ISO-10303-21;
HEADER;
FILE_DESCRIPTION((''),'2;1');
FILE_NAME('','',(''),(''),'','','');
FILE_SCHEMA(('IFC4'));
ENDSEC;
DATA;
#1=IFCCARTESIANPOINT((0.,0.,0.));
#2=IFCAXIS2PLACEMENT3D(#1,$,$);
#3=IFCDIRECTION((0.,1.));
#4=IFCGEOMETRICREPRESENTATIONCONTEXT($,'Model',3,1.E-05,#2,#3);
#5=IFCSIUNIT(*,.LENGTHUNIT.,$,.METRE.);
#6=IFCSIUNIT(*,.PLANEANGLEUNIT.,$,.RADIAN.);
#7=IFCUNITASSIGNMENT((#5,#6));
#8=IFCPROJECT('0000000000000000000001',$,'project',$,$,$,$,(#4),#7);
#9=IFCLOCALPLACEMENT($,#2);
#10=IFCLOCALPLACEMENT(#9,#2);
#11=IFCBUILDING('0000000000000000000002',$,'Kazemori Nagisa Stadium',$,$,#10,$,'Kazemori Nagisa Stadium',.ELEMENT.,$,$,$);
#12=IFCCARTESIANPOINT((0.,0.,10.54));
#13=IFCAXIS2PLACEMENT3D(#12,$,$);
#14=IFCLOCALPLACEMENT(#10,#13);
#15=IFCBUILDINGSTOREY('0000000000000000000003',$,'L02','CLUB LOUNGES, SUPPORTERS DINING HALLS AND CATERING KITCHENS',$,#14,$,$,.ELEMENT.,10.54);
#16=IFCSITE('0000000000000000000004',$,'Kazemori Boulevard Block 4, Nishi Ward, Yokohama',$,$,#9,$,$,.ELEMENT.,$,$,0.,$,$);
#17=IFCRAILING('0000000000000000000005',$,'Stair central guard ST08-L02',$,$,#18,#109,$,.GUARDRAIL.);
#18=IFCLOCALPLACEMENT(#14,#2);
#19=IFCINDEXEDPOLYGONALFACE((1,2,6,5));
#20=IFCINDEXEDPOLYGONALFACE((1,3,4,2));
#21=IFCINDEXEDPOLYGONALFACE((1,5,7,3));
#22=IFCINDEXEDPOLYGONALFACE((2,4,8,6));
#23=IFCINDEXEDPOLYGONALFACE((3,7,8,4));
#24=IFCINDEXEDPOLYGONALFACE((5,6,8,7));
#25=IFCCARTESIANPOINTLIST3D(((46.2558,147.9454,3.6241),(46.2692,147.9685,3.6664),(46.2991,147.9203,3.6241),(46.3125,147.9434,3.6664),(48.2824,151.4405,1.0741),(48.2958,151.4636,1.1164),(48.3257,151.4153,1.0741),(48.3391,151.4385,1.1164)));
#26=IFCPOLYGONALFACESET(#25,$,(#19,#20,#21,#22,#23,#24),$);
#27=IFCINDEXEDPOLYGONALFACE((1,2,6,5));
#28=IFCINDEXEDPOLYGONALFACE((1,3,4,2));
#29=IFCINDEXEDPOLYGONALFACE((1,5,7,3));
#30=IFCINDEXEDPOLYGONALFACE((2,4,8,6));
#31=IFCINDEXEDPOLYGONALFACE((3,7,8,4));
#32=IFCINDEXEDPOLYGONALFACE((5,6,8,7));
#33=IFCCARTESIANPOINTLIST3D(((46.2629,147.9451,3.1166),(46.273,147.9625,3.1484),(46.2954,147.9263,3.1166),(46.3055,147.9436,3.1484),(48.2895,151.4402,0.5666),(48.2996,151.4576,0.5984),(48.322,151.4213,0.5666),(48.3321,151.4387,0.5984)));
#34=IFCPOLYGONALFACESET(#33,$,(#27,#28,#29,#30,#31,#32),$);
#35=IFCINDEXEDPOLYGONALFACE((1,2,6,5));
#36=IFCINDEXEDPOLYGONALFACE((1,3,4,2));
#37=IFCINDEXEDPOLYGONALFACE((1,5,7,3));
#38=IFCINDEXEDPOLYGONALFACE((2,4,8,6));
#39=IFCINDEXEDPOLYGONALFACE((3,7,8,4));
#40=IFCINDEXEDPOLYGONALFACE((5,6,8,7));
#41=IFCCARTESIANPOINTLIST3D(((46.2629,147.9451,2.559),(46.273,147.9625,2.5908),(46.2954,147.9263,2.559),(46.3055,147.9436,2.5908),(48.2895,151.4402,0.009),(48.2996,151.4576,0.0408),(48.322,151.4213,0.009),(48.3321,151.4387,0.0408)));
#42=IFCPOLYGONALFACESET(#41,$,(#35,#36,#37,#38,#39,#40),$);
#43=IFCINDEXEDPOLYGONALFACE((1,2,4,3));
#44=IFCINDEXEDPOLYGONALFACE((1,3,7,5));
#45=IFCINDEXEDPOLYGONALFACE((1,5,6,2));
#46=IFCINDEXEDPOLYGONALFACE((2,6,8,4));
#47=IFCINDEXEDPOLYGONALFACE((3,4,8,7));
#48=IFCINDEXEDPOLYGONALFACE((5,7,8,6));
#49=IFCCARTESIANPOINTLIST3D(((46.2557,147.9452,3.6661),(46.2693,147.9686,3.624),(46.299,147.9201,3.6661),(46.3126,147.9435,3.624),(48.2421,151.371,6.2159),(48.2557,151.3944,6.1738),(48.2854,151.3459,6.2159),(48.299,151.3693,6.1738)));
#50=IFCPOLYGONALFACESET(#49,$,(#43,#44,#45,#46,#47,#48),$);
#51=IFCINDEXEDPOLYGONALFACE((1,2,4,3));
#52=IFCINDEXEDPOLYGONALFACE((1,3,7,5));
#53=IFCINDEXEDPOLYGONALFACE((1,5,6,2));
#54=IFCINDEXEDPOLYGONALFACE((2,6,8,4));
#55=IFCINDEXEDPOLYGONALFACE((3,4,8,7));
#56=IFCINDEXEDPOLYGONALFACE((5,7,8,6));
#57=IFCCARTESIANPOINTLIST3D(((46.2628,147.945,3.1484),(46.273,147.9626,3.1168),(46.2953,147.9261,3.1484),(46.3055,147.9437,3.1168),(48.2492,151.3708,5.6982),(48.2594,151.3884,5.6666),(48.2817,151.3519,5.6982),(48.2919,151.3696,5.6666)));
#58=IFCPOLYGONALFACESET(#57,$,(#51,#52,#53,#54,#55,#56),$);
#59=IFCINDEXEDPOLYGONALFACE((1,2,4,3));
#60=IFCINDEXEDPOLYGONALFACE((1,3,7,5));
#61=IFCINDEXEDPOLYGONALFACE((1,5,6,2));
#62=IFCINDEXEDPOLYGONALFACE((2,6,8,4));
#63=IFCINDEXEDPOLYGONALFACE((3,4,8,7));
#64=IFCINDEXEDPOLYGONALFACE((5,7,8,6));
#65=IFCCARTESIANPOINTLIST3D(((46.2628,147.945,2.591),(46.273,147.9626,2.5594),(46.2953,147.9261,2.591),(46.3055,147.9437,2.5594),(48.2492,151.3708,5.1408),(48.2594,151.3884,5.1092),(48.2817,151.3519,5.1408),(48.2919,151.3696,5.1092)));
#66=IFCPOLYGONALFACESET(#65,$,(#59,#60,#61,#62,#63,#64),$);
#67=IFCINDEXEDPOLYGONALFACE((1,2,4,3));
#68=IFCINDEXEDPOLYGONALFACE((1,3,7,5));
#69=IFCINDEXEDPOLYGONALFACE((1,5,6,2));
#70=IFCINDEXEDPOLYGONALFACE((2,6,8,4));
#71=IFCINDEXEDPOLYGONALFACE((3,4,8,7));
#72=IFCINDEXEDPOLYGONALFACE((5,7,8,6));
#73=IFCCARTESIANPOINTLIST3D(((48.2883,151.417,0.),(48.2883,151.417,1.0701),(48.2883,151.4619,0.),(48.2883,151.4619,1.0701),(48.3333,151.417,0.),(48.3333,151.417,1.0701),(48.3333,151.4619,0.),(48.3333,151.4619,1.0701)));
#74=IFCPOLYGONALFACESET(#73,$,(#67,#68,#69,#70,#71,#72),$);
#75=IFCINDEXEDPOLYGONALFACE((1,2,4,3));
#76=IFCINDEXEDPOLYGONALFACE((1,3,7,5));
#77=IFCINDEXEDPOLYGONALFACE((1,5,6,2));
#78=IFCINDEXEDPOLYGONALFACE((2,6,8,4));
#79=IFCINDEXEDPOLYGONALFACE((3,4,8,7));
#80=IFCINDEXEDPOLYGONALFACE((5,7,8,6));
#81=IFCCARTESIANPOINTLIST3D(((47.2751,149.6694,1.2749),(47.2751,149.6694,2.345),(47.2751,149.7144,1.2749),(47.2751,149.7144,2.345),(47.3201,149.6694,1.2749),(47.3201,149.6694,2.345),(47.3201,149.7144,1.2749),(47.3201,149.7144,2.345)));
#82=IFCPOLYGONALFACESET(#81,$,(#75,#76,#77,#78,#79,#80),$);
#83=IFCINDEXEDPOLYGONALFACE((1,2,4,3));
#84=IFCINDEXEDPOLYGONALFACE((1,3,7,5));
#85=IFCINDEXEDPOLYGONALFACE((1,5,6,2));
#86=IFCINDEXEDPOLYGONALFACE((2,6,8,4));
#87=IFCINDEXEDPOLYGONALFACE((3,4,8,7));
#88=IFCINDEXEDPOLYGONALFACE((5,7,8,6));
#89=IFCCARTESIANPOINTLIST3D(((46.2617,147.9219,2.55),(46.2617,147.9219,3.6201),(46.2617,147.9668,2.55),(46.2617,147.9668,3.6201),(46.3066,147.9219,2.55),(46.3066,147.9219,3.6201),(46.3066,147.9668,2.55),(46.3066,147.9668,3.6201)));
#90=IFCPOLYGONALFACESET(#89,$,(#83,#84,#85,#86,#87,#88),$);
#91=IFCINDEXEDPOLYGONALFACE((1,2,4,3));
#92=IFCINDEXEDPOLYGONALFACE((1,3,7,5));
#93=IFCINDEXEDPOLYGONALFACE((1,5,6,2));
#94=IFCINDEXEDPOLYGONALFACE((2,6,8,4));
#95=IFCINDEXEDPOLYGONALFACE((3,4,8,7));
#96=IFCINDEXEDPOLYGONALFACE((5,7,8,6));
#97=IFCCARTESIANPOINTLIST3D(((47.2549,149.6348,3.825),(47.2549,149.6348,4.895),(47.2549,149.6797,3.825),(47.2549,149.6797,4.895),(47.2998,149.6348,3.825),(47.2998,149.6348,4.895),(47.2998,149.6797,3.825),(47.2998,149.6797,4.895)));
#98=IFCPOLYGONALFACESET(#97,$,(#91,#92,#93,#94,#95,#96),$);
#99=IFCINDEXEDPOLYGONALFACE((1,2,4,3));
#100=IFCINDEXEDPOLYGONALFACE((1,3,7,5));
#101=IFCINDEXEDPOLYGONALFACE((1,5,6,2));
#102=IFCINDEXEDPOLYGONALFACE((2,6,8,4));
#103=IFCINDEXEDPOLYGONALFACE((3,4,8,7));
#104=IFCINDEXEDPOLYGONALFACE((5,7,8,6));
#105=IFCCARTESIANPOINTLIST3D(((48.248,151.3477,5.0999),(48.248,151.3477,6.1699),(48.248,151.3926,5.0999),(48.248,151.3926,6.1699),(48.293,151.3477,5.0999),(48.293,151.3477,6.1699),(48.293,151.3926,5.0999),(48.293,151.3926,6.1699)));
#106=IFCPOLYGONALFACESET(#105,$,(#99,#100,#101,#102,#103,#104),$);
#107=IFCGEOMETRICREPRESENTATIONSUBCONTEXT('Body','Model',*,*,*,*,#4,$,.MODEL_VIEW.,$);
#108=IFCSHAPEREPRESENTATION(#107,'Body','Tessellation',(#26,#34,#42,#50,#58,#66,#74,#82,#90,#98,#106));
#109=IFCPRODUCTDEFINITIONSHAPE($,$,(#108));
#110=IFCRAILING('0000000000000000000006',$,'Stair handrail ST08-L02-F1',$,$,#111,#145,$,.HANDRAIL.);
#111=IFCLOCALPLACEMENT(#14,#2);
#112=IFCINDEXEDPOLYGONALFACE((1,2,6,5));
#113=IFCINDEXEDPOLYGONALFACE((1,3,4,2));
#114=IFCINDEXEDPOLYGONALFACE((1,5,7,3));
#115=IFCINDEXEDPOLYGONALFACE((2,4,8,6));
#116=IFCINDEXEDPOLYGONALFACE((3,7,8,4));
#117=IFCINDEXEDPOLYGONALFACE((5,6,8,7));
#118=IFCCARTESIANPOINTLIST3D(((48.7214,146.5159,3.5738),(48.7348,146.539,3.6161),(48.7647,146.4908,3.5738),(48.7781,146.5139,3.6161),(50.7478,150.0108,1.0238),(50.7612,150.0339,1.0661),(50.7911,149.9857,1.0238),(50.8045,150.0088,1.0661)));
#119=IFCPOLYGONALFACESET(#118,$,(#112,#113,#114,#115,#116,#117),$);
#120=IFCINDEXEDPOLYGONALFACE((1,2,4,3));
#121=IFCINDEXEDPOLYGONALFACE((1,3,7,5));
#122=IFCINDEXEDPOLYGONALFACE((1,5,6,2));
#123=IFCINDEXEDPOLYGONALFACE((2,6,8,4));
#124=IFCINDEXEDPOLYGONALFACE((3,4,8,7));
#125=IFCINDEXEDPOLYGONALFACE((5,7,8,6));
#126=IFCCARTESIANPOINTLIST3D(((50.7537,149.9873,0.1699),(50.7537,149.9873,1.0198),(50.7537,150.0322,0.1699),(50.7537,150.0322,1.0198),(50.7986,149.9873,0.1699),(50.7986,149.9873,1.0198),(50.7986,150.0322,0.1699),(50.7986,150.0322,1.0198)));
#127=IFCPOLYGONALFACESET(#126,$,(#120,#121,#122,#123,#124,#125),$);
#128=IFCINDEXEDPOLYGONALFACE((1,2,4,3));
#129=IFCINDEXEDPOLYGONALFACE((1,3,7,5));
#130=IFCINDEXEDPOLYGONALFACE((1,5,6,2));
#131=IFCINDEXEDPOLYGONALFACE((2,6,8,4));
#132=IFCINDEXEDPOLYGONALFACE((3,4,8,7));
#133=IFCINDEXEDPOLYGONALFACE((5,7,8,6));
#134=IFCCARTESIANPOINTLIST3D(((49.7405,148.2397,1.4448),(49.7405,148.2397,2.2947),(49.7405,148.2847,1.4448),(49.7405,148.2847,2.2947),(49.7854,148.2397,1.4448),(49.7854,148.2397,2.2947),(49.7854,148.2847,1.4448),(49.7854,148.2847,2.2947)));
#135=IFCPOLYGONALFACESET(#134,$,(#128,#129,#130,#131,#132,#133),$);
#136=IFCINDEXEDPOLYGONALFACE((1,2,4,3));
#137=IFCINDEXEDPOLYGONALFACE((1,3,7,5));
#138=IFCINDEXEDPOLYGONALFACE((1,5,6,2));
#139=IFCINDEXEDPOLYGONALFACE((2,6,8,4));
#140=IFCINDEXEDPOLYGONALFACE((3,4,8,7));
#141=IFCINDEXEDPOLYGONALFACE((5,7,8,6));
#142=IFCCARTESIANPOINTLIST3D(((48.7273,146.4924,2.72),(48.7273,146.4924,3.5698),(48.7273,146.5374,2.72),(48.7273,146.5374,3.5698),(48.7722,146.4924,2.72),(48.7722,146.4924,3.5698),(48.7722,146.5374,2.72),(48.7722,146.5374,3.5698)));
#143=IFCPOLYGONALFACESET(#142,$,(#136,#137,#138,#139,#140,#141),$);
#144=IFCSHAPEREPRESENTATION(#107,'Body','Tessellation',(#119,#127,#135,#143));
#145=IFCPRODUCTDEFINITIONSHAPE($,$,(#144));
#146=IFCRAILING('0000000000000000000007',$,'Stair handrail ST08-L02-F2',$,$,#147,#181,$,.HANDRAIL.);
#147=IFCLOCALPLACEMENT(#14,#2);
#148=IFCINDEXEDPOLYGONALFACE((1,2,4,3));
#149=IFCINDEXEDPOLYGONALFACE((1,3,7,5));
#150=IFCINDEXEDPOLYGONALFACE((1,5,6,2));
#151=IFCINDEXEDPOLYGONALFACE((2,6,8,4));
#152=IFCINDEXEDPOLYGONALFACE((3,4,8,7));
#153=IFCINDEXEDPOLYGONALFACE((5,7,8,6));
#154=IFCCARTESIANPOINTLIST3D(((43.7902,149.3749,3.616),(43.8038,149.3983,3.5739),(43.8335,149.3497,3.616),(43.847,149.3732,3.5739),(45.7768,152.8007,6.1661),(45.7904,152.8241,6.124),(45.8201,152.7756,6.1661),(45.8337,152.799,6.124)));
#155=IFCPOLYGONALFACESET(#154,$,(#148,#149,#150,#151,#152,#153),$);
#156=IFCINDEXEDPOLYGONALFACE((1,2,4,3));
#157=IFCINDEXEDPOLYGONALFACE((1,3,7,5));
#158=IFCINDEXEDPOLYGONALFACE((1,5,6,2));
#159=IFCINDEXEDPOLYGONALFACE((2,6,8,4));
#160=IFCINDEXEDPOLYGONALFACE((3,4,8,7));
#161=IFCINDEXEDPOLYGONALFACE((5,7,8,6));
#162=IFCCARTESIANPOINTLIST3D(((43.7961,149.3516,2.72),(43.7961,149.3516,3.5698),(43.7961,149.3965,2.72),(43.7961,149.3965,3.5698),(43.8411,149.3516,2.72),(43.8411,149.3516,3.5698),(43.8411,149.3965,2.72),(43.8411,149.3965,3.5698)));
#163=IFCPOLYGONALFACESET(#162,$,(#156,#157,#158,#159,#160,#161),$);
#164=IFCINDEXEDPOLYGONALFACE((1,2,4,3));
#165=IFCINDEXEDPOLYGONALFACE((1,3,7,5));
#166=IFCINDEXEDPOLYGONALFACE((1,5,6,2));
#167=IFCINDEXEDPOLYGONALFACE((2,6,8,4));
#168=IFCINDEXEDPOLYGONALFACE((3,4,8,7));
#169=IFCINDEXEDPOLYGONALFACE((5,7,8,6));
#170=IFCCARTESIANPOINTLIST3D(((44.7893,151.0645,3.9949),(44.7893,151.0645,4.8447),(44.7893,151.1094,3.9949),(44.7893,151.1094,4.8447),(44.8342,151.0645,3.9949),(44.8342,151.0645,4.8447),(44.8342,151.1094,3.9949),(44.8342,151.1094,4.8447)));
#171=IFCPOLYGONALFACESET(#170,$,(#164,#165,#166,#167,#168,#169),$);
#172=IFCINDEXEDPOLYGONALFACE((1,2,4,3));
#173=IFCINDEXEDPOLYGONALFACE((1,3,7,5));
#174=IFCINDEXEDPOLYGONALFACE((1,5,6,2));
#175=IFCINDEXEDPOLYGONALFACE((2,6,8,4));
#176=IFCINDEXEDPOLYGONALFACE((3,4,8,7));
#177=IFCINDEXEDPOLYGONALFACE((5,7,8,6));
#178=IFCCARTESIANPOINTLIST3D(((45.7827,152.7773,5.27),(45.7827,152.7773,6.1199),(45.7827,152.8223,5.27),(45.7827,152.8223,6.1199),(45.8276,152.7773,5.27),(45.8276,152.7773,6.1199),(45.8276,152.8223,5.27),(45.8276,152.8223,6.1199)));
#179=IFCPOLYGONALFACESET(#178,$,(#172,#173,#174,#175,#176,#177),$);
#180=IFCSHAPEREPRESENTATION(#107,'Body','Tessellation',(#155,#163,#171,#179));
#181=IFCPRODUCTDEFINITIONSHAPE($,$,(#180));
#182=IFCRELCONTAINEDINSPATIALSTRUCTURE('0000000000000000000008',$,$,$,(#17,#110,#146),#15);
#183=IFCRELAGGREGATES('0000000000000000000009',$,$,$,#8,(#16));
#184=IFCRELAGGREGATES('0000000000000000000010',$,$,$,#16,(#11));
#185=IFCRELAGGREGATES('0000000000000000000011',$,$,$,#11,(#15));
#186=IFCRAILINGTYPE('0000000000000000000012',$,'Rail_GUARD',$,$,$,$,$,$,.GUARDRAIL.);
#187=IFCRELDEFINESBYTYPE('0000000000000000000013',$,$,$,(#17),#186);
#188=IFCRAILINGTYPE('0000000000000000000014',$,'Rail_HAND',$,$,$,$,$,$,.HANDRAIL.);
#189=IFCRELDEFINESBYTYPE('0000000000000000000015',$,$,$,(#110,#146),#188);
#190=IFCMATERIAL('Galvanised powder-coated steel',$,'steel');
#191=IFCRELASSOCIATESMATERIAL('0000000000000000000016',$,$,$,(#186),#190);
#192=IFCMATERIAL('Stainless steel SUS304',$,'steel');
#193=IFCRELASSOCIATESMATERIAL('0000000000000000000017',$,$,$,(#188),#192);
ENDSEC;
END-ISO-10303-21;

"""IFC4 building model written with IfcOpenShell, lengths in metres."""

from ifc_helpers import new_model, si_unit, direction, frame, origin, origin_2d, place, context, subcontext, project, spatial, rectangle, extrude, material, type_object, element, save


model = new_model("IFC4")

# Units and contexts
model_context = context("Model", 3, precision=1e-05, world=origin(), true_north=direction((0.0, 1.0)))
body_context = subcontext(model_context, "Body", "Model", "MODEL_VIEW")
ifc_project = project(units=[si_unit("LENGTHUNIT", "METRE"), si_unit("PLANEANGLEUNIT", "RADIAN")], contexts=[model_context])

# Site, building, storey
site_placement = place(None, origin())
site = spatial("IfcSite", under=ifc_project, at=site_placement, Name="Kazemori Boulevard Block 4, Nishi Ward, Yokohama", CompositionType="ELEMENT", RefElevation=0.0)
building_placement = place(site_placement, origin())
building = spatial("IfcBuilding", under=site, at=building_placement, Name="Kazemori Nagisa Stadium", LongName="Kazemori Nagisa Stadium", CompositionType="ELEMENT")
storey_placement = place(building_placement, frame((0.0, 0.0, 10.54)))
storey = spatial("IfcBuildingStorey", under=building, at=storey_placement, Name="L02", Description="CLUB LOUNGES, SUPPORTERS DINING HALLS AND CATERING KITCHENS", CompositionType="ELEMENT", Elevation=10.54)

# Railings
ifc_material_1 = material(Name="Galvanised powder-coated steel", Category="steel")
railing_type_1 = type_object("IfcRailingType", Name="Rail_GUARD", PredefinedType="GUARDRAIL", material=ifc_material_1)
railing_1_placement = place(storey_placement, frame((48.3108, 151.4395, 0.0)))
element("IfcRailing", 1, at=railing_1_placement, inside=storey, type_object=railing_type_1, Name="Stair central guard ST08-L02", PredefinedType="GUARDRAIL", context=body_context, shape_type="SweptSolid", body=[
    extrude(rectangle(XDim=0.05, YDim=0.05, at=origin_2d()), frame((0.0, 0.0, 1.0952), z_axis=(-0.424188, -0.731559, 0.533748), x_axis=(0.865091, -0.501615, 0.0)), (0.0, 0.0, 1.0), 4.7776),
    extrude(rectangle(XDim=0.0376, YDim=0.0376, at=origin_2d()), frame((0.0, 0.0, 0.5825), z_axis=(-0.424188, -0.731559, 0.533748), x_axis=(0.865091, -0.501615, 0.0)), (0.0, 0.0, 1.0), 4.7776),
    extrude(rectangle(XDim=0.0376, YDim=0.0376, at=origin_2d()), frame((0.0, 0.0, 0.0249), z_axis=(-0.424188, -0.731559, 0.533748), x_axis=(0.865091, -0.501615, 0.0)), (0.0, 0.0, 1.0), 4.7776),
    extrude(rectangle(XDim=0.05, YDim=0.05, at=origin_2d()), frame((-2.0266, -3.4951, 3.645), z_axis=(0.421736, 0.72736, 0.541373), x_axis=(-0.8651, 0.5016, 0.0)), (0.0, 0.0, 1.0), 4.71),
    extrude(rectangle(XDim=0.0376, YDim=0.0376, at=origin_2d()), frame((-2.0266, -3.4951, 3.1326), z_axis=(0.421736, 0.72736, 0.541373), x_axis=(-0.8651, 0.5016, 0.0)), (0.0, 0.0, 1.0), 4.71),
    extrude(rectangle(XDim=0.0376, YDim=0.0376, at=origin_2d()), frame((-2.0266, -3.4951, 2.5752), z_axis=(0.421736, 0.72736, 0.541373), x_axis=(-0.8651, 0.5016, 0.0)), (0.0, 0.0, 1.0), 4.71),
    extrude(rectangle(XDim=0.0449, YDim=0.0449, at=origin_2d()), origin(), (0.0, 0.0, 1.0), 1.0701),
    extrude(rectangle(XDim=0.0449, YDim=0.0449, at=origin_2d()), frame((-1.0132, -1.7476, 1.2749)), (0.0, 0.0, 1.0), 1.0701),
    extrude(rectangle(XDim=0.0449, YDim=0.0449, at=origin_2d()), frame((-2.0266, -3.4951, 2.55)), (0.0, 0.0, 1.0), 1.0701),
    extrude(rectangle(XDim=0.0449, YDim=0.0449, at=origin_2d()), frame((-1.0334, -1.7822, 3.825)), (0.0, 0.0, 1.0), 1.0701),
    extrude(rectangle(XDim=0.0449, YDim=0.0449, at=origin_2d()), frame((-0.0403, -0.0693, 5.0999)), (0.0, 0.0, 1.0), 1.0701),
])
ifc_material_2 = material(Name="Stainless steel SUS304", Category="steel")
railing_type_2 = type_object("IfcRailingType", Name="Rail_HAND", PredefinedType="HANDRAIL", material=ifc_material_2)
railing_2_placement = place(storey_placement, frame((50.7761, 150.0098, 0.1699)))
element("IfcRailing", 2, at=railing_2_placement, inside=storey, type_object=railing_type_2, Name="Stair handrail ST08-L02-F1", PredefinedType="HANDRAIL", context=body_context, shape_type="SweptSolid", body=[
    extrude(rectangle(XDim=0.05, YDim=0.05, at=origin_2d()), frame((0.0, 0.0, 0.875), z_axis=(-0.424162, -0.731551, 0.533779), x_axis=(0.865102, -0.501596, 0.0)), (0.0, 0.0, 1.0), 4.7773),
    extrude(rectangle(XDim=0.0449, YDim=0.0449, at=origin_2d()), origin(), (0.0, 0.0, 1.0), 0.8499),
    extrude(rectangle(XDim=0.0449, YDim=0.0449, at=origin_2d()), frame((-1.0132, -1.7476, 1.2749)), (0.0, 0.0, 1.0), 0.8499),
    extrude(rectangle(XDim=0.0449, YDim=0.0449, at=origin_2d()), frame((-2.0264, -3.4949, 2.55)), (0.0, 0.0, 1.0), 0.8499),
])
railing_3_placement = place(storey_placement, frame((43.8186, 149.374, 2.72)))
element("IfcRailing", 3, at=railing_3_placement, inside=storey, type_object=railing_type_2, Name="Stair handrail ST08-L02-F2", PredefinedType="HANDRAIL", context=body_context, shape_type="SweptSolid", body=[
    extrude(rectangle(XDim=0.05, YDim=0.05, at=origin_2d()), frame((0.0, 0.0, 0.875), z_axis=(0.421767, 0.727324, 0.541398), x_axis=(-0.865073, 0.501646, 0.0)), (0.0, 0.0, 1.0), 4.7102),
    extrude(rectangle(XDim=0.0449, YDim=0.0449, at=origin_2d()), origin(), (0.0, 0.0, 1.0), 0.8499),
    extrude(rectangle(XDim=0.0449, YDim=0.0449, at=origin_2d()), frame((0.9932, 1.7129, 1.2749)), (0.0, 0.0, 1.0), 0.8499),
    extrude(rectangle(XDim=0.0449, YDim=0.0449, at=origin_2d()), frame((1.9866, 3.4258, 2.55)), (0.0, 0.0, 1.0), 0.8499),
])

save(model, "model.ifc")
